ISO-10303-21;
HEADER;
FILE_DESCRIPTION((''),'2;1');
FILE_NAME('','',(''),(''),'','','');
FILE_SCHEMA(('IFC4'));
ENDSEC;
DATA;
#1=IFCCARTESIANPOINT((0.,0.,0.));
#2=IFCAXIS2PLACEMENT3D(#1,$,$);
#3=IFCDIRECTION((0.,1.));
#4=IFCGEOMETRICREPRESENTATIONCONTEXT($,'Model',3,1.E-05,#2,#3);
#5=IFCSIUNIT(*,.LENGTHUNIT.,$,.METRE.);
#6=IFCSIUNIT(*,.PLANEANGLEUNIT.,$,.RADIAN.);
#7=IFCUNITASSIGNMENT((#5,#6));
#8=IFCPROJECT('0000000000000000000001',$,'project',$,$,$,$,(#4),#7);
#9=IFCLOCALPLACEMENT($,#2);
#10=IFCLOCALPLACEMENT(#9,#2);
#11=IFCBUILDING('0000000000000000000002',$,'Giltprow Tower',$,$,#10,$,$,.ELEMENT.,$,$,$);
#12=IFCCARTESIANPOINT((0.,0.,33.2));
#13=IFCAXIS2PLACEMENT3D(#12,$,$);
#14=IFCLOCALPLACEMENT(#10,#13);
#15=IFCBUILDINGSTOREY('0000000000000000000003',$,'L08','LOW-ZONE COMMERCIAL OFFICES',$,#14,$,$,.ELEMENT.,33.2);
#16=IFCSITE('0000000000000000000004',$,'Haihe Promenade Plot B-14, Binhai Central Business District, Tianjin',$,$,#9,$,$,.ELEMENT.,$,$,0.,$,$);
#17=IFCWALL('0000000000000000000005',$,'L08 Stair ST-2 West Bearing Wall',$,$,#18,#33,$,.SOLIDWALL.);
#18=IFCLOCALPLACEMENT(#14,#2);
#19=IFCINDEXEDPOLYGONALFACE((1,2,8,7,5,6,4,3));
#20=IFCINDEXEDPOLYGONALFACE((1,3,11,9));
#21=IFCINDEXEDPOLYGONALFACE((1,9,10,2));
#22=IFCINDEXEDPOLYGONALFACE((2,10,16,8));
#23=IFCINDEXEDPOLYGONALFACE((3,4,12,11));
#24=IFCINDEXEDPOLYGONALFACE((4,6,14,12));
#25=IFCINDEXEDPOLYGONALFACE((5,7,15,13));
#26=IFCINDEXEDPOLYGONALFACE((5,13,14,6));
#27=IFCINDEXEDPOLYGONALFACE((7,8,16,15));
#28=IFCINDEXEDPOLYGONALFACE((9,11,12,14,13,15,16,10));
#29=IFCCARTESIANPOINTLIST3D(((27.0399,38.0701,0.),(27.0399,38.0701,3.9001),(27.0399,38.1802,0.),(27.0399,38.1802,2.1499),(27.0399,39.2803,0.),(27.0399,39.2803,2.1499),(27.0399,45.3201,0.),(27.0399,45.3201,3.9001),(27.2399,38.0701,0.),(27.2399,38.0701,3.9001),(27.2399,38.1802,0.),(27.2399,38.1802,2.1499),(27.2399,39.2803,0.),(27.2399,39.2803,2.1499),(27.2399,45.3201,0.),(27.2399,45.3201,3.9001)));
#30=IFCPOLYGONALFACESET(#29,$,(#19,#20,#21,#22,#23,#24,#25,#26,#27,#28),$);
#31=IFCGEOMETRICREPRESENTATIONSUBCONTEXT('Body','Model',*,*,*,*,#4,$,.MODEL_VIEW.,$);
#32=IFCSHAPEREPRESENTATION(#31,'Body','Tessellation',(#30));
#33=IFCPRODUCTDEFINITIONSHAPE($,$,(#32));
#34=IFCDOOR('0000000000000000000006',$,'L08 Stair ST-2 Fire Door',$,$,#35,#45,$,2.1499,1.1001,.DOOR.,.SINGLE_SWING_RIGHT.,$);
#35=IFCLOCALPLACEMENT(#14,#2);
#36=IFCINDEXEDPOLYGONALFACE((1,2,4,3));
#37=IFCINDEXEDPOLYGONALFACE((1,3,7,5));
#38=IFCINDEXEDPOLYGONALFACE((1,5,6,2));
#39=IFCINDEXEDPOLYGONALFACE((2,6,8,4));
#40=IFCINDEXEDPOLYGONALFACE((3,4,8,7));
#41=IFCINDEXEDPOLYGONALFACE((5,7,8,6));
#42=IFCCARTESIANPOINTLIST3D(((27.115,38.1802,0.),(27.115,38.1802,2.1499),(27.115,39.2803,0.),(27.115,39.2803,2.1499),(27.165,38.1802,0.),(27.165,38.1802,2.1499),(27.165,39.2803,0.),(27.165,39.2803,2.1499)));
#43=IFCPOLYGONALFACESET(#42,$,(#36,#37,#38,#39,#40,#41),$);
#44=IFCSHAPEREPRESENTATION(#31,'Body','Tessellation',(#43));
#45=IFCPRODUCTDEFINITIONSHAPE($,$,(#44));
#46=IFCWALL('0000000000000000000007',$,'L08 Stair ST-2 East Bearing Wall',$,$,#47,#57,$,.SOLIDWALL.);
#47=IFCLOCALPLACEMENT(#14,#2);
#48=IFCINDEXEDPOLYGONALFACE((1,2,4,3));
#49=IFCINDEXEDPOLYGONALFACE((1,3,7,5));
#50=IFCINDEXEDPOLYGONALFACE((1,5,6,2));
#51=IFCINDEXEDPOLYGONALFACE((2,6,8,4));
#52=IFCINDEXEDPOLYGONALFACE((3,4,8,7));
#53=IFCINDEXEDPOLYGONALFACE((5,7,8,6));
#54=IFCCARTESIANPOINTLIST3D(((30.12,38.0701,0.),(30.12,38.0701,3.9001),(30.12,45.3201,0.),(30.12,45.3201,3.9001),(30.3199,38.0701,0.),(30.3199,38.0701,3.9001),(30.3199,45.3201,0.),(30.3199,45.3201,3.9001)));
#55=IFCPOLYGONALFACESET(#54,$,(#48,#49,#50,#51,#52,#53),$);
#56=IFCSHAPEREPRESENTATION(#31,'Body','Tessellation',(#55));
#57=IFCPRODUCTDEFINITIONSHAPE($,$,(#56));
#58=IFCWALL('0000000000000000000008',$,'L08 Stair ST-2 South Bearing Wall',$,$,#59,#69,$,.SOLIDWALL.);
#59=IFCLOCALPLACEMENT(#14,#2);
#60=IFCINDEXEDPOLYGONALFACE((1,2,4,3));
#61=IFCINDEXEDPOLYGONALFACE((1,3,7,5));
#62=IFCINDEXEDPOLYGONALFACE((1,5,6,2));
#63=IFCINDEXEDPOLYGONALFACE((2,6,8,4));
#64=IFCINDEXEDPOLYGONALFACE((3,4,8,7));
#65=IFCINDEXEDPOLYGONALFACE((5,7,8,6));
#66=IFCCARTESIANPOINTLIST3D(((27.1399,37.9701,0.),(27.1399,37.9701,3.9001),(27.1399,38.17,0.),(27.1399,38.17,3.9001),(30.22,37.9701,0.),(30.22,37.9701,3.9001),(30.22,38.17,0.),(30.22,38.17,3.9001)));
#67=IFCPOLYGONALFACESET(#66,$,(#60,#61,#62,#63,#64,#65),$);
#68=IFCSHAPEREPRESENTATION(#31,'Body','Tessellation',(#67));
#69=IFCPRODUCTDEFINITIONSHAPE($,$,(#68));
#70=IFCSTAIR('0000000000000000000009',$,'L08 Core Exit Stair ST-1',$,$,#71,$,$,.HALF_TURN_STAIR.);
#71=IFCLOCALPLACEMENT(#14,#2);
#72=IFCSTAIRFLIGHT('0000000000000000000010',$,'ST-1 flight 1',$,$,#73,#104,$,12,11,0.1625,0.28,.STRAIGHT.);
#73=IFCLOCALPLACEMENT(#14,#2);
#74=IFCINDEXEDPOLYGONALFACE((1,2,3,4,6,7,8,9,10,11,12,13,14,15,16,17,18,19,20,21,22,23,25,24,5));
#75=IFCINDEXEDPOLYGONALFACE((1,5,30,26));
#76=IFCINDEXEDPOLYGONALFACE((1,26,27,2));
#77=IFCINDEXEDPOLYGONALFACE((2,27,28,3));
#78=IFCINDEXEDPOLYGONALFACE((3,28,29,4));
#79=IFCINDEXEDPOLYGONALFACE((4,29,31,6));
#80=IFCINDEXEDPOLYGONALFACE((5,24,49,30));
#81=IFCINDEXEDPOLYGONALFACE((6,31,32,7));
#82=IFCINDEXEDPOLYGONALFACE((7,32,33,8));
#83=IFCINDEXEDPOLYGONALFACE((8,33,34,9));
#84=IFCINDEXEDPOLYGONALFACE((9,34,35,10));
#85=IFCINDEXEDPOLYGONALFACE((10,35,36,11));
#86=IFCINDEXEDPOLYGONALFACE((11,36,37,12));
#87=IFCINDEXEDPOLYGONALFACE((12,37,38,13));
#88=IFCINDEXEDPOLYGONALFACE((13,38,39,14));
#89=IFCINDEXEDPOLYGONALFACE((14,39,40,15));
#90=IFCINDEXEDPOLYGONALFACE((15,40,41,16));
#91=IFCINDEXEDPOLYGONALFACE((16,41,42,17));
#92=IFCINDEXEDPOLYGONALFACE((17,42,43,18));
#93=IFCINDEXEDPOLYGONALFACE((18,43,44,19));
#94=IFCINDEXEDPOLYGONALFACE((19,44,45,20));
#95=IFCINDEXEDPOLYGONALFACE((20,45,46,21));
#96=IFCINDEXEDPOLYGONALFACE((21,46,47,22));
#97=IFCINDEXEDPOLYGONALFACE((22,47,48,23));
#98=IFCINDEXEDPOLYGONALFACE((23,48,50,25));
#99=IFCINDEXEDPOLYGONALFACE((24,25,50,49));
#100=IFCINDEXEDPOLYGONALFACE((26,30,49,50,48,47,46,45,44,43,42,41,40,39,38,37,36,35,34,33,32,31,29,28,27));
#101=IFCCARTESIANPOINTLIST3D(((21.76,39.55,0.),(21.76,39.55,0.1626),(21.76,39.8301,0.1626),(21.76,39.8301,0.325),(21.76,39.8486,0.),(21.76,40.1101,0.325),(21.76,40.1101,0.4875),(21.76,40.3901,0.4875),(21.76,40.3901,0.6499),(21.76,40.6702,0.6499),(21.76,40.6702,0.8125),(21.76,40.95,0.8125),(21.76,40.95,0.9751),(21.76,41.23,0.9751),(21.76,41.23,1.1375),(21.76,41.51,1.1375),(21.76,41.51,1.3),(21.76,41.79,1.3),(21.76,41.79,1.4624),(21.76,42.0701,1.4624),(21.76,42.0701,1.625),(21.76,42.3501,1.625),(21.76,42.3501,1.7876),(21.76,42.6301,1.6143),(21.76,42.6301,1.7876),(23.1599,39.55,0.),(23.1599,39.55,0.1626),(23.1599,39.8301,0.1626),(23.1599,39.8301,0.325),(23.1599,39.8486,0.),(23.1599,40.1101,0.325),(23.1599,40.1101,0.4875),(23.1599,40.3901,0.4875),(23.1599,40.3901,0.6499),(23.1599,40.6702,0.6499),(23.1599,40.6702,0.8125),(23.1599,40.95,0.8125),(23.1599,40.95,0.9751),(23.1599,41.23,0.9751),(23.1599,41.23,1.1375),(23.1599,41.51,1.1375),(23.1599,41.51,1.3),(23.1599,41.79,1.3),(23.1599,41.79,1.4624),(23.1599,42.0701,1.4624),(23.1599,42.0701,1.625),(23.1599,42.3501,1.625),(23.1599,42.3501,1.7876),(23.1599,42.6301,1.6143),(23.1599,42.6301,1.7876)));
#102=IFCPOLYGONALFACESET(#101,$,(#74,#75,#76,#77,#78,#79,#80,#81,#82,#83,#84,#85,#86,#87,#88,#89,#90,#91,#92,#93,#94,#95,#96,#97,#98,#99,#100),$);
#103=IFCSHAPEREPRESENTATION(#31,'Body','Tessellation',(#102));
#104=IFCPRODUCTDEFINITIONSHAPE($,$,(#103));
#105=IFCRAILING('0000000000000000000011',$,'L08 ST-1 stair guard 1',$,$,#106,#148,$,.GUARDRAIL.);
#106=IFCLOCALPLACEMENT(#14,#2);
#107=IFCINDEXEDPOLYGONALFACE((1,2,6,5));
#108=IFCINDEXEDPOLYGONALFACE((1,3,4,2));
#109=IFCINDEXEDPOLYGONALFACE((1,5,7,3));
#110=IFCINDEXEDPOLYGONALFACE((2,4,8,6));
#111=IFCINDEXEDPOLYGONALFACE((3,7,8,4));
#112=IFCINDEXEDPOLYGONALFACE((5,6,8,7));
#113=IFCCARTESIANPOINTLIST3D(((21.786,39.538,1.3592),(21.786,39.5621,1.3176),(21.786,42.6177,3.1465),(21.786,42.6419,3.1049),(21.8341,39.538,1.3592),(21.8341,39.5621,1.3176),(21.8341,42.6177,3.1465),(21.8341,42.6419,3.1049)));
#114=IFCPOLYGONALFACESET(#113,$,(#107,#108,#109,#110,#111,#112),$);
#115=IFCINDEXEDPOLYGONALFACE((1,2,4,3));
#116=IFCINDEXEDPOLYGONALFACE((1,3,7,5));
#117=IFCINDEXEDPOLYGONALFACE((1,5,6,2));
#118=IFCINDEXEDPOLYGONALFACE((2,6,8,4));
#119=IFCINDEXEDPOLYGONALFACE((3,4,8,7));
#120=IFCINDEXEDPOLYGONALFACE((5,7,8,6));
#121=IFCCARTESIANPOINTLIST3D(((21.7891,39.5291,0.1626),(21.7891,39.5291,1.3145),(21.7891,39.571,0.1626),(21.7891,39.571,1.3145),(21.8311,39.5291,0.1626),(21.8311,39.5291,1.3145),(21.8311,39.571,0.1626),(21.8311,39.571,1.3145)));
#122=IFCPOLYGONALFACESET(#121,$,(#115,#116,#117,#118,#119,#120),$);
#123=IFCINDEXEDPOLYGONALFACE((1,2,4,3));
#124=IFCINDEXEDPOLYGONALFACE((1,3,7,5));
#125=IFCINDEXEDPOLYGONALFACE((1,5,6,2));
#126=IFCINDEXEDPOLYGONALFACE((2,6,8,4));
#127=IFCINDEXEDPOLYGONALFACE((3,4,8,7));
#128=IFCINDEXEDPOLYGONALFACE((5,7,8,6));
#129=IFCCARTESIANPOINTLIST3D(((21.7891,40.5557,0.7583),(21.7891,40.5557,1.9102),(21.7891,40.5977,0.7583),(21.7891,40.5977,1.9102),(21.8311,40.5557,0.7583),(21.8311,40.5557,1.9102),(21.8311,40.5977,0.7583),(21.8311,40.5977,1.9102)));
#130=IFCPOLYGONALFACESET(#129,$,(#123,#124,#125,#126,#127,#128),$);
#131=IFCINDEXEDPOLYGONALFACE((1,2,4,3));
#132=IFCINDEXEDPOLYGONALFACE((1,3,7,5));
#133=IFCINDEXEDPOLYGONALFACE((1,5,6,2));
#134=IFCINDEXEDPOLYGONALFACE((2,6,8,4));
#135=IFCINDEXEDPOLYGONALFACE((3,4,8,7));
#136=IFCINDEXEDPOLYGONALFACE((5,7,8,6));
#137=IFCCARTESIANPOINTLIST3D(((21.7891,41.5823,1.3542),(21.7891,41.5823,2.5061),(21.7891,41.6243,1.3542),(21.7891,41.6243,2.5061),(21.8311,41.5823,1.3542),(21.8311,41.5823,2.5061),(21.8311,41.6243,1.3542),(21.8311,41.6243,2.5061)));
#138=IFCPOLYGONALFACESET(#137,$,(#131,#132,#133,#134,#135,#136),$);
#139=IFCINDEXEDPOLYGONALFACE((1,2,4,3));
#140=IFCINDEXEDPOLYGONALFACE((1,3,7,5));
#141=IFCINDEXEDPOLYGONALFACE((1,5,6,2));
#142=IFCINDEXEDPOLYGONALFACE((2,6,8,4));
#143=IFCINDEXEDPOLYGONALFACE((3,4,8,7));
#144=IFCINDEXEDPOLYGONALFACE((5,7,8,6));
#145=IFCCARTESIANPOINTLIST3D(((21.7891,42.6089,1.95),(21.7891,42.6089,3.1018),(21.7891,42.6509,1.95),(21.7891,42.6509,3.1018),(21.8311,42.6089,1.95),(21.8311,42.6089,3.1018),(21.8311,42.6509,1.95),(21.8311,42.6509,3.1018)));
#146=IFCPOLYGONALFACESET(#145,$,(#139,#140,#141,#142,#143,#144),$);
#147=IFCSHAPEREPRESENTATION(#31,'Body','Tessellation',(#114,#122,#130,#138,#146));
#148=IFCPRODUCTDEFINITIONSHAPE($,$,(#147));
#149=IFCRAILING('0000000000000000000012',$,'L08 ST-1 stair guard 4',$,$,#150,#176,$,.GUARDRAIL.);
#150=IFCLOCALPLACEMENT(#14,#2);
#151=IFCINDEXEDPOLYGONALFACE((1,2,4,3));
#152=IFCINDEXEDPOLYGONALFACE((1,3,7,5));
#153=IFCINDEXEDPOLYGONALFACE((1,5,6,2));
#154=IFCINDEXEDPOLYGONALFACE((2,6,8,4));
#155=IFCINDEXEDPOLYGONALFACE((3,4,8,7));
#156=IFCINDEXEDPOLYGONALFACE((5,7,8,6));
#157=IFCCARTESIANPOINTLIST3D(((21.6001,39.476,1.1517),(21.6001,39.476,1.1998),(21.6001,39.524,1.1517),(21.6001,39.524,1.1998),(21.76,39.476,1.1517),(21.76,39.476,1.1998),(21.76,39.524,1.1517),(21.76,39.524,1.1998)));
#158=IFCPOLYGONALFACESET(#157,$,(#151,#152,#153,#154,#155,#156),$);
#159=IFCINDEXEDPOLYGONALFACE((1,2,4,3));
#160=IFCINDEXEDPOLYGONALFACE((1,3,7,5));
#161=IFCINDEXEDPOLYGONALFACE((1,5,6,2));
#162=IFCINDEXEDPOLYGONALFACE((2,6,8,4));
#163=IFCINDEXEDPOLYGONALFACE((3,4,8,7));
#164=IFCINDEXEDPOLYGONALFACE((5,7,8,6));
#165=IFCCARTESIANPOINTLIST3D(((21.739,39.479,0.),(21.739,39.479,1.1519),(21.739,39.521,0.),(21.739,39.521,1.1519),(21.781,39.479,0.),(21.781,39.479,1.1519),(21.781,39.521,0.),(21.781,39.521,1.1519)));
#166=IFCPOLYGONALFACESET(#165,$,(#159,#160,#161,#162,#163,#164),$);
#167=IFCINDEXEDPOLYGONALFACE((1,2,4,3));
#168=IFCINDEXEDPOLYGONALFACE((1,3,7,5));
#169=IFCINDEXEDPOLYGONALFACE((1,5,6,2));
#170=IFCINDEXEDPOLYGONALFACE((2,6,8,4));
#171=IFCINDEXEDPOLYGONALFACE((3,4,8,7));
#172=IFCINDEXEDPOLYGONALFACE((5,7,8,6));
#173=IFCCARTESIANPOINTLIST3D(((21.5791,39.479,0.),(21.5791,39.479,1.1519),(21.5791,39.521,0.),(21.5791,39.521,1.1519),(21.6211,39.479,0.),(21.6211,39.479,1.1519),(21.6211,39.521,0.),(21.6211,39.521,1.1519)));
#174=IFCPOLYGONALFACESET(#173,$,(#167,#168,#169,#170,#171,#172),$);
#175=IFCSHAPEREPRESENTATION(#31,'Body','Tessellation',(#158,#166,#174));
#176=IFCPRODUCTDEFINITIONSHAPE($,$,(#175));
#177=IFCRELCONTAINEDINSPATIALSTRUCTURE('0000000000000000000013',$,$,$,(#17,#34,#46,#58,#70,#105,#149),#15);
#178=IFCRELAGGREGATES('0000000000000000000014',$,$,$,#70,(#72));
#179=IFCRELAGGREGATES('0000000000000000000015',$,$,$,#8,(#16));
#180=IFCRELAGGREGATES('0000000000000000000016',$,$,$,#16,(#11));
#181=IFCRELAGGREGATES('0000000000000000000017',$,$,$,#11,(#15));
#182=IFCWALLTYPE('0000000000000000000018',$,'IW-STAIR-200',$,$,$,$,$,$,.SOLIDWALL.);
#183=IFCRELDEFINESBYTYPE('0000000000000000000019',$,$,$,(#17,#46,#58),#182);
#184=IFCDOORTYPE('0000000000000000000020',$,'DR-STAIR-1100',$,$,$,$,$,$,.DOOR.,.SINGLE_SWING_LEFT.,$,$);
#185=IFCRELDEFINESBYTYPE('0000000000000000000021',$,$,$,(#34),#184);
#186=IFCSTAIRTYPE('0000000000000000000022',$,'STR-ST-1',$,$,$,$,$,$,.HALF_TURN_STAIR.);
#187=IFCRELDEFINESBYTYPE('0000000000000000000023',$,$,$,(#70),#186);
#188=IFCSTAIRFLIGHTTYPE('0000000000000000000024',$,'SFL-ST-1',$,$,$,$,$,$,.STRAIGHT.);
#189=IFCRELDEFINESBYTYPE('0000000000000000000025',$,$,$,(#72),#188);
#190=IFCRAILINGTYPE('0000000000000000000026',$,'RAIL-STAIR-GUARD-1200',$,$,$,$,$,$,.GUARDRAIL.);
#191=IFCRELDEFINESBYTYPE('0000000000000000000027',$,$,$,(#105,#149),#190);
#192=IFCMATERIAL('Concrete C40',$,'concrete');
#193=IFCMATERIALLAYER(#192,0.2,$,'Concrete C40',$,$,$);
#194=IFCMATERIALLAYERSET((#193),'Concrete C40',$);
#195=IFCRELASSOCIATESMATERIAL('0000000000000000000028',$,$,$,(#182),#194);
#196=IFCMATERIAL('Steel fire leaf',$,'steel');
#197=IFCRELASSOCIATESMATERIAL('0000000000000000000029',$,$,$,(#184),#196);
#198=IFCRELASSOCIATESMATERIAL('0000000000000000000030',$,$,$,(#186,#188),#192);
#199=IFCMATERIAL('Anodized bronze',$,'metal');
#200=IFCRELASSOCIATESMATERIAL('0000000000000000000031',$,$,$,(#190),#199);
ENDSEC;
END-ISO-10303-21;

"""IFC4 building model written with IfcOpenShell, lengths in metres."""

from ifc_helpers import new_model, si_unit, direction, frame, frame_2d, origin, origin_2d, place, context, subcontext, project, spatial, polyline, rectangle, outline, extrude, source, transform, mapped, material, layer, layer_set, type_object, element, fill, aggregate, save


model = new_model("IFC4")

# Units and contexts
model_context = context("Model", 3, precision=1e-05, world=origin(), true_north=direction((0.0, 1.0)))
body_context = subcontext(model_context, "Body", "Model", "MODEL_VIEW")
ifc_project = project(units=[si_unit("LENGTHUNIT", "METRE"), si_unit("PLANEANGLEUNIT", "RADIAN")], contexts=[model_context])

# Site, building, storey
site_placement = place(None, origin())
site = spatial("IfcSite", under=ifc_project, at=site_placement, Name="Haihe Promenade Plot B-14, Binhai Central Business District, Tianjin", CompositionType="ELEMENT", RefElevation=0.0)
building_placement = place(site_placement, origin())
building = spatial("IfcBuilding", under=site, at=building_placement, Name="Giltprow Tower", CompositionType="ELEMENT")
storey_placement = place(building_placement, frame((0.0, 0.0, 33.2)))
storey = spatial("IfcBuildingStorey", under=building, at=storey_placement, Name="L08", Description="LOW-ZONE COMMERCIAL OFFICES", CompositionType="ELEMENT", Elevation=33.2)

# Wall, opening, door
ifc_material_1 = material(Name="Concrete C40", Category="concrete")
ifc_layer_1 = layer(ifc_material_1, 0.2, Name="Concrete C40")
ifc_layer_set_1 = layer_set([ifc_layer_1], Name="Concrete C40")
wall_type_1 = type_object("IfcWallType", Name="IW-STAIR-200", PredefinedType="SOLIDWALL", material=ifc_layer_set_1)
ifc_material_2 = material(Name="Steel fire leaf", Category="steel")
door_type_1 = type_object("IfcDoorType", Name="DR-STAIR-1100", OperationType="SINGLE_SWING_LEFT", PredefinedType="DOOR", material=ifc_material_2)
shared_shape_1 = source(origin(), body_context, "Body", "SweptSolid", [
    extrude(rectangle(XDim=1.1001, YDim=2.1499, at=frame_2d((0.55, 1.075))), frame((0.0, 0.0249, 0.0), z_axis=(0.0, -1.0, 0.0), x_axis=(1.0, 0.0, 0.0)), (0.0, 0.0, 1.0), 0.05),
])
wall_1_placement = place(storey_placement, frame((27.1399, 38.0701, 0.0), z_axis=(0.0, 0.0, 1.0), x_axis=(0.0, 1.0, 0.0)))
wall_1 = element("IfcWall", 1, at=wall_1_placement, inside=storey, type_object=wall_type_1, Name="L08 Stair ST-2 West Bearing Wall", PredefinedType="SOLIDWALL", context=body_context, shape_type="SweptSolid", body=[
    extrude(rectangle(XDim=7.25, YDim=0.2, at=frame_2d((3.625, 0.0))), origin(), (0.0, 0.0, 1.0), 3.9001),
])
opening_1_placement = place(wall_1_placement, frame((0.1101, 0.0, 0.0)))
opening_1 = element("IfcOpeningElement", 2, at=opening_1_placement, cuts=wall_1, PredefinedType="OPENING", context=body_context, shape_type="SweptSolid", body=[
    extrude(rectangle(XDim=1.1001, YDim=2.1499, at=frame_2d((0.55, 1.075))), frame((0.0, 0.1099, 0.0), z_axis=(0.0, -1.0, 0.0), x_axis=(1.0, 0.0, 0.0)), (0.0, 0.0, 1.0), 0.22),
])
door_1_placement = place(opening_1_placement, origin())
door_1 = element("IfcDoor", 3, at=door_1_placement, inside=storey, type_object=door_type_1, Name="L08 Stair ST-2 Fire Door", OperationType="SINGLE_SWING_RIGHT", OverallHeight=2.1499, OverallWidth=1.1001, PredefinedType="DOOR", context=body_context, shape_type="MappedRepresentation", body=[
    mapped(shared_shape_1, transform((0.0, 0.0, 0.0), x_axis=(1.0, 0.0, 0.0), y_axis=(0.0, 1.0, 0.0), z_axis=(0.0, 0.0, 1.0), scale=1.0)),
])
fill(opening_1, door_1)

# Walls
wall_2_placement = place(storey_placement, frame((30.22, 38.0701, 0.0), z_axis=(0.0, 0.0, 1.0), x_axis=(0.0, 1.0, 0.0)))
element("IfcWall", 4, at=wall_2_placement, inside=storey, type_object=wall_type_1, Name="L08 Stair ST-2 East Bearing Wall", PredefinedType="SOLIDWALL", context=body_context, shape_type="SweptSolid", body=[
    extrude(rectangle(XDim=7.25, YDim=0.2, at=frame_2d((3.625, 0.0))), origin(), (0.0, 0.0, 1.0), 3.9001),
])
wall_3_placement = place(storey_placement, frame((27.1399, 38.0701, 0.0), z_axis=(0.0, 0.0, 1.0), x_axis=(1.0, 0.0, 0.0)))
element("IfcWall", 5, at=wall_3_placement, inside=storey, type_object=wall_type_1, Name="L08 Stair ST-2 South Bearing Wall", PredefinedType="SOLIDWALL", context=body_context, shape_type="SweptSolid", body=[
    extrude(rectangle(XDim=3.0801, YDim=0.2, at=frame_2d((1.54, 0.0))), origin(), (0.0, 0.0, 1.0), 3.9001),
])

# Stair, stair flight
stair_type = type_object("IfcStairType", Name="STR-ST-1", PredefinedType="HALF_TURN_STAIR", material=ifc_material_1)
stair_placement = place(storey_placement, origin())
stair = element("IfcStair", 6, at=stair_placement, inside=storey, type_object=stair_type, Name="L08 Core Exit Stair ST-1", PredefinedType="HALF_TURN_STAIR")
stair_flight_type = type_object("IfcStairFlightType", Name="SFL-ST-1", PredefinedType="STRAIGHT", material=ifc_material_1)
stair_flight_placement = place(storey_placement, frame((22.46, 39.55, 0.0), z_axis=(0.0, 0.0, 1.0), x_axis=(0.0, 1.0, 0.0)))
stair_flight = element("IfcStairFlight", 7, at=stair_flight_placement, type_object=stair_flight_type, Name="ST-1 flight 1", NumberOfRisers=12, NumberOfTreads=11, PredefinedType="STRAIGHT", RiserHeight=0.1625, TreadLength=0.28, context=body_context, shape_type="SweptSolid", body=[
    extrude(outline(polyline([(0.0, 0.0), (0.0, 0.1626), (0.28, 0.1626), (0.28, 0.325), (0.5601, 0.325), (0.5601, 0.4875), (0.8401, 0.4875), (0.8401, 0.6499), (1.1201, 0.6499), (1.1201, 0.8125), (1.3999, 0.8125), (1.3999, 0.9751), (1.6799, 0.9751), (1.6799, 1.1375), (1.96, 1.1375), (1.96, 1.3), (2.24, 1.3), (2.24, 1.4624), (2.52, 1.4624), (2.52, 1.625), (2.8, 1.625), (2.8, 1.7876), (3.0801, 1.7876), (3.0801, 1.95), (3.0801, 1.6143), (0.2986, 0.0), (0.0, 0.0)])), frame((0.0, 0.7, 0.0), z_axis=(0.0, -1.0, 0.0), x_axis=(1.0, 0.0, 0.0)), (0.0, 0.0, 1.0), 1.3999),
])
aggregate(stair, [stair_flight])

# Railings
ifc_material_3 = material(Name="Anodized bronze", Category="metal")
railing_type_1 = type_object("IfcRailingType", Name="RAIL-STAIR-GUARD-1200", PredefinedType="GUARDRAIL", material=ifc_material_3)
railing_1_placement = place(storey_placement, frame((21.8101, 39.55, 0.1626)))
element("IfcRailing", 8, at=railing_1_placement, inside=storey, type_object=railing_type_1, Name="L08 ST-1 stair guard 1", PredefinedType="GUARDRAIL", context=body_context, shape_type="SweptSolid", body=[
    extrude(rectangle(XDim=0.0481, YDim=0.0481, at=origin_2d()), frame((0.0, 0.0, 1.1758), z_axis=(0.0, 0.864903, 0.501939), x_axis=(-1.0, 0.0, 0.0)), (0.0, 0.0, 1.0), 3.5608),
    extrude(rectangle(XDim=0.042, YDim=0.042, at=origin_2d()), origin(), (0.0, 0.0, 1.0), 1.1519),
    extrude(rectangle(XDim=0.042, YDim=0.042, at=origin_2d()), frame((0.0, 1.0266, 0.5957)), (0.0, 0.0, 1.0), 1.1519),
    extrude(rectangle(XDim=0.042, YDim=0.042, at=origin_2d()), frame((0.0, 2.0532, 1.1917)), (0.0, 0.0, 1.0), 1.1519),
    extrude(rectangle(XDim=0.042, YDim=0.042, at=origin_2d()), frame((0.0, 3.0798, 1.7874)), (0.0, 0.0, 1.0), 1.1519),
])
railing_2_placement = place(storey_placement, frame((21.76, 39.5, 0.0)))
element("IfcRailing", 9, at=railing_2_placement, inside=storey, type_object=railing_type_1, Name="L08 ST-1 stair guard 4", PredefinedType="GUARDRAIL", context=body_context, shape_type="SweptSolid", body=[
    extrude(rectangle(XDim=0.0481, YDim=0.0481, at=origin_2d()), frame((0.0, 0.0, 1.1758), z_axis=(-1.0, 0.0, 0.0), x_axis=(0.0, -1.0, 0.0)), (0.0, 0.0, 1.0), 0.1599),
    extrude(rectangle(XDim=0.042, YDim=0.042, at=origin_2d()), origin(), (0.0, 0.0, 1.0), 1.1519),
    extrude(rectangle(XDim=0.042, YDim=0.042, at=origin_2d()), frame((-0.1599, 0.0, 0.0)), (0.0, 0.0, 1.0), 1.1519),
])

save(model, "model.ifc")
